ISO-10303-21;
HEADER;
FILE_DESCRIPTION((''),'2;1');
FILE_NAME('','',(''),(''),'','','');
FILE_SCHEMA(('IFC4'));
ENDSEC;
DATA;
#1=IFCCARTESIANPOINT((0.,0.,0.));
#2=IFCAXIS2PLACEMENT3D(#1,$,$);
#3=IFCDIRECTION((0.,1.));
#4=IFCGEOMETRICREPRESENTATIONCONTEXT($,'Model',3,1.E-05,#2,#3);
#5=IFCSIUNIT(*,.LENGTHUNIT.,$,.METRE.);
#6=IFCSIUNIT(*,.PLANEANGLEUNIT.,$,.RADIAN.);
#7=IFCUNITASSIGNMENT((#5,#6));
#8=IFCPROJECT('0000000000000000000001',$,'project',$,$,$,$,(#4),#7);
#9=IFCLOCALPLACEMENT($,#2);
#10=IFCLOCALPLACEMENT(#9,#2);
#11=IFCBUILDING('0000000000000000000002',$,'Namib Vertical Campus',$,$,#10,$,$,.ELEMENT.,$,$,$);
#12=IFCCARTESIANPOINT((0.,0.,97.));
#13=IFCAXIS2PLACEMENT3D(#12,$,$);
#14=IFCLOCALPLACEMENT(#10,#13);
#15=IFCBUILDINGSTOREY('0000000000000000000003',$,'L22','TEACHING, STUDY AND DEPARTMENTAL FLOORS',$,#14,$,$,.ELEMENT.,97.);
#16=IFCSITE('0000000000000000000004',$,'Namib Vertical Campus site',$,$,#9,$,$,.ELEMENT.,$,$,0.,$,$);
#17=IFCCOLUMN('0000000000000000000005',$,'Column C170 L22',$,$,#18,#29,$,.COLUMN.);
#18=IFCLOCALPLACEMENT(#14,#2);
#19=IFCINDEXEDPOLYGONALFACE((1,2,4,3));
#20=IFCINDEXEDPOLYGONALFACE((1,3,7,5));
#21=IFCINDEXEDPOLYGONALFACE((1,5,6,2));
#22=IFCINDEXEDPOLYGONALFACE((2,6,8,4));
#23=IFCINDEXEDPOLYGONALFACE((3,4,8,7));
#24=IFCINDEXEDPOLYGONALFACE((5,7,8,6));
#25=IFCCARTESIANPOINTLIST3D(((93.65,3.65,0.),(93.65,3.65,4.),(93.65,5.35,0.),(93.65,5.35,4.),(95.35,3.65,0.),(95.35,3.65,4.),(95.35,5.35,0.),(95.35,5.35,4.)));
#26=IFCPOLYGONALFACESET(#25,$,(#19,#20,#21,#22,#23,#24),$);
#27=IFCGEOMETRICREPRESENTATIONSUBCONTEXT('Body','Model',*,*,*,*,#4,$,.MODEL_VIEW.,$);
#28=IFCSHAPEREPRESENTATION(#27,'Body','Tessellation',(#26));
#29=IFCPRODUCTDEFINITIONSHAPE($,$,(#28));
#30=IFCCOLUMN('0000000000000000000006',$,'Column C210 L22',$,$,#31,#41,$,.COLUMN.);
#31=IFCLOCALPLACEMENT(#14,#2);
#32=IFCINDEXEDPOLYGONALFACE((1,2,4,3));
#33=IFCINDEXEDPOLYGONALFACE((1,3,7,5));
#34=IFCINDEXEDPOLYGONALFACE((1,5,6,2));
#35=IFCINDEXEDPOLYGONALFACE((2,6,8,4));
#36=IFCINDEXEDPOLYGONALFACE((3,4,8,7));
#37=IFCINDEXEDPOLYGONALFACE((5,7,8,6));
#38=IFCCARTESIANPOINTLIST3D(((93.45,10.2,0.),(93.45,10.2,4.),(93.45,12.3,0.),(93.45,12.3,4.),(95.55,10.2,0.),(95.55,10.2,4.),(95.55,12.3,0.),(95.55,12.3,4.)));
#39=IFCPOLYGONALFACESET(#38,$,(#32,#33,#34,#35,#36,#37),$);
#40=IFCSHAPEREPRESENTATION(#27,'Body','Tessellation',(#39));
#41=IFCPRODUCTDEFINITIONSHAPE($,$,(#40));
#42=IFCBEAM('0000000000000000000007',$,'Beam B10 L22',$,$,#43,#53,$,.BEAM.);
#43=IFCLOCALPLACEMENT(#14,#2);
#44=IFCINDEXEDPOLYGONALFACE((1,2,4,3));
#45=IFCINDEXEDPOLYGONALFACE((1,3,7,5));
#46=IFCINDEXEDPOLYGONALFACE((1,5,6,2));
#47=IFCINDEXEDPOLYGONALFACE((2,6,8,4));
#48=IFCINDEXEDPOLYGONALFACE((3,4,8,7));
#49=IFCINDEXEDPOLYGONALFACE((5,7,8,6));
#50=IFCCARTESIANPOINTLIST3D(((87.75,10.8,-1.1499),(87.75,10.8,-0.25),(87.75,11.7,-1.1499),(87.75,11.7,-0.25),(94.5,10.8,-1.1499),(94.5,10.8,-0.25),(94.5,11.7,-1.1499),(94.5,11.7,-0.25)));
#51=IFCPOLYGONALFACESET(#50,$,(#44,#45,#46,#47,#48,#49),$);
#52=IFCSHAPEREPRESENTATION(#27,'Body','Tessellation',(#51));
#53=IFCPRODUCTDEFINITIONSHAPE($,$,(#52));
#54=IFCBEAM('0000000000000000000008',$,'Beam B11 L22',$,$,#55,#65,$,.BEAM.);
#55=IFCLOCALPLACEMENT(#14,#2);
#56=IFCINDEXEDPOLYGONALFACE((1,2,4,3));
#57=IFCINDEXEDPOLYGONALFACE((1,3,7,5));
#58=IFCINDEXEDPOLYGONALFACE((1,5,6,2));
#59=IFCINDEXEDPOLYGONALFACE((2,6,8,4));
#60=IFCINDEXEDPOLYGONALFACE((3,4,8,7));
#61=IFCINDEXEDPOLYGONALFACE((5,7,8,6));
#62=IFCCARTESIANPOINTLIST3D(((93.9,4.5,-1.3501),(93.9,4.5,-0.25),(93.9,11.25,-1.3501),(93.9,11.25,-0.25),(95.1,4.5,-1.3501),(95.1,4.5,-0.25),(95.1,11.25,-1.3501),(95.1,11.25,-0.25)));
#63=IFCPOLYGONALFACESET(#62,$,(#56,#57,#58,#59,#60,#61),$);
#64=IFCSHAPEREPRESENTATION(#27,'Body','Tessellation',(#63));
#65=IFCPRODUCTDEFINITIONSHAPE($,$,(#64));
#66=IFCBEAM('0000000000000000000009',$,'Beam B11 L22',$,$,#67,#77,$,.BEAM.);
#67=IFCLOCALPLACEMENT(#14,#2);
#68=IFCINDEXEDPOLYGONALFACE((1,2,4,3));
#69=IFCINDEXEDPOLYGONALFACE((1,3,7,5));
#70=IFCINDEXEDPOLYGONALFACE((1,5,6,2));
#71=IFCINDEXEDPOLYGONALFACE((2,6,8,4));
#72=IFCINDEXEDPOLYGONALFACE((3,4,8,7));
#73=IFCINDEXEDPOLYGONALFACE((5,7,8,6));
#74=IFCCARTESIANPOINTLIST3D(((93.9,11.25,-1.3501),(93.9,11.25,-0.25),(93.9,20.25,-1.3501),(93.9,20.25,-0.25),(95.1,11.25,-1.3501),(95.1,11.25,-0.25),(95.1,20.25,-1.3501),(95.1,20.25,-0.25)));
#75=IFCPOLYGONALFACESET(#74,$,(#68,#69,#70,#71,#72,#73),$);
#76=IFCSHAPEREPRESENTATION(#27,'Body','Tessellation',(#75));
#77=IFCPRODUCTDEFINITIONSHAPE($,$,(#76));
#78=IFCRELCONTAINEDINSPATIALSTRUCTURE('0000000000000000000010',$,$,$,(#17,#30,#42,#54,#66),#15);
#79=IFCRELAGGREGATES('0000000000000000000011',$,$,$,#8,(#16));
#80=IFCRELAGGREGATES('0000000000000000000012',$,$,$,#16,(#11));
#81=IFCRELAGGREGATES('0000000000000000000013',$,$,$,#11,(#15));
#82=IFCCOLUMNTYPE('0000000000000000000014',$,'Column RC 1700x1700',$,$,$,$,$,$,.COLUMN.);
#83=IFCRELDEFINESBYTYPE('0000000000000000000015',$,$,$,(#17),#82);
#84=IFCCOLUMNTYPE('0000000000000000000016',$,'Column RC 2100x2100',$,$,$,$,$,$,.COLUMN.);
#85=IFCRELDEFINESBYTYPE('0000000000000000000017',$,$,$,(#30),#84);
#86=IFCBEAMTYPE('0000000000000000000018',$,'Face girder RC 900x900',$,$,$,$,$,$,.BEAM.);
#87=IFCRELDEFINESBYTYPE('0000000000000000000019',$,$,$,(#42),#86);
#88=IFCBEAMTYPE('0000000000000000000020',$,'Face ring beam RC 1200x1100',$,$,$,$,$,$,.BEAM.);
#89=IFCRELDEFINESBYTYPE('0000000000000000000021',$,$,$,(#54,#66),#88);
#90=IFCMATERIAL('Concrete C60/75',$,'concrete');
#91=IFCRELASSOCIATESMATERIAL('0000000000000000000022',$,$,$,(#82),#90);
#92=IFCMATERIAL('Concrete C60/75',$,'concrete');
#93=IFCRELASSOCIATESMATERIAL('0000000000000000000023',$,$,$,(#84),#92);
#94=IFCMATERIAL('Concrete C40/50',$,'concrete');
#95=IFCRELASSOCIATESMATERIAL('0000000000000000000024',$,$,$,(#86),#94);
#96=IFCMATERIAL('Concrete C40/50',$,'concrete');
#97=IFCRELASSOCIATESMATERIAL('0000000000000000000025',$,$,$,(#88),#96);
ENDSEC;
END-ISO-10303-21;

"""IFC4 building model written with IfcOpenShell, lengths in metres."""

from ifc_helpers import new_model, si_unit, direction, frame, origin, origin_2d, place, context, subcontext, project, spatial, rectangle, extrude, material, material_profile, profile_set, type_object, element, save


model = new_model("IFC4")

# Units and contexts
model_context = context("Model", 3, precision=1e-05, world=origin(), true_north=direction((0.0, 1.0)))
body_context = subcontext(model_context, "Body", "Model", "MODEL_VIEW")
ifc_project = project(units=[si_unit("LENGTHUNIT", "METRE"), si_unit("PLANEANGLEUNIT", "RADIAN")], contexts=[model_context])

# Site, building, storey
site_placement = place(None, origin())
site = spatial("IfcSite", under=ifc_project, at=site_placement, Name="Namib Vertical Campus site", CompositionType="ELEMENT", RefElevation=0.0)
building_placement = place(site_placement, origin())
building = spatial("IfcBuilding", under=site, at=building_placement, Name="Namib Vertical Campus", CompositionType="ELEMENT")
storey_placement = place(building_placement, frame((0.0, 0.0, 97.0)))
storey = spatial("IfcBuildingStorey", under=building, at=storey_placement, Name="L22", Description="TEACHING, STUDY AND DEPARTMENTAL FLOORS", CompositionType="ELEMENT", Elevation=97.0)

# Columns
ifc_material_1 = material(Name="Concrete C60/75", Category="concrete")
ifc_material_profile_1 = material_profile(ifc_material_1, rectangle(XDim=1.7, YDim=1.7, at=origin_2d()))
ifc_profile_set_1 = profile_set([ifc_material_profile_1], Name="Concrete C60/75")
column_type_1 = type_object("IfcColumnType", Name="Column RC 1700x1700", PredefinedType="COLUMN", material=ifc_profile_set_1)
column_1_placement = place(storey_placement, frame((94.5, 4.5, 0.0), z_axis=(0.0, 0.0, 1.0), x_axis=(1.0, 0.0, 0.0)))
element("IfcColumn", 1, at=column_1_placement, inside=storey, type_object=column_type_1, Name="Column C170 L22", PredefinedType="COLUMN", context=body_context, shape_type="SweptSolid", body=[
    extrude(rectangle(XDim=1.7, YDim=1.7, at=origin_2d()), origin(), (0.0, 0.0, 1.0), 4.0),
])
ifc_material_2 = material(Name="Concrete C60/75", Category="concrete")
ifc_material_profile_2 = material_profile(ifc_material_2, rectangle(XDim=2.1001, YDim=2.1001, at=origin_2d()))
ifc_profile_set_2 = profile_set([ifc_material_profile_2], Name="Concrete C60/75")
column_type_2 = type_object("IfcColumnType", Name="Column RC 2100x2100", PredefinedType="COLUMN", material=ifc_profile_set_2)
column_2_placement = place(storey_placement, frame((94.5, 11.25, 0.0), z_axis=(0.0, 0.0, 1.0), x_axis=(1.0, 0.0, 0.0)))
element("IfcColumn", 2, at=column_2_placement, inside=storey, type_object=column_type_2, Name="Column C210 L22", PredefinedType="COLUMN", context=body_context, shape_type="SweptSolid", body=[
    extrude(rectangle(XDim=2.1001, YDim=2.1001, at=origin_2d()), origin(), (0.0, 0.0, 1.0), 4.0),
])

# Beams
ifc_material_3 = material(Name="Concrete C40/50", Category="concrete")
ifc_material_profile_3 = material_profile(ifc_material_3, rectangle(XDim=0.8999, YDim=0.8999, at=origin_2d()))
ifc_profile_set_3 = profile_set([ifc_material_profile_3], Name="Concrete C40/50")
beam_type_1 = type_object("IfcBeamType", Name="Face girder RC 900x900", PredefinedType="BEAM", material=ifc_profile_set_3)
beam_1_placement = place(storey_placement, frame((94.5, 11.25, -0.7), z_axis=(-1.0, 0.0, 0.0), x_axis=(0.0, -1.0, 0.0)))
element("IfcBeam", 3, at=beam_1_placement, inside=storey, type_object=beam_type_1, Name="Beam B10 L22", PredefinedType="BEAM", context=body_context, shape_type="SweptSolid", body=[
    extrude(rectangle(XDim=0.8999, YDim=0.8999, at=origin_2d()), origin(), (0.0, 0.0, 1.0), 6.75),
])
ifc_material_4 = material(Name="Concrete C40/50", Category="concrete")
ifc_material_profile_4 = material_profile(ifc_material_4, rectangle(XDim=1.2, YDim=1.1001, at=origin_2d()))
ifc_profile_set_4 = profile_set([ifc_material_profile_4], Name="Concrete C40/50")
beam_type_2 = type_object("IfcBeamType", Name="Face ring beam RC 1200x1100", PredefinedType="BEAM", material=ifc_profile_set_4)
beam_2_placement = place(storey_placement, frame((94.5, 4.5, -0.8), z_axis=(0.0, 1.0, 0.0), x_axis=(-1.0, 0.0, 0.0)))
element("IfcBeam", 4, at=beam_2_placement, inside=storey, type_object=beam_type_2, Name="Beam B11 L22", PredefinedType="BEAM", context=body_context, shape_type="SweptSolid", body=[
    extrude(rectangle(XDim=1.2, YDim=1.1001, at=origin_2d()), origin(), (0.0, 0.0, 1.0), 6.75),
])
beam_3_placement = place(storey_placement, frame((94.5, 11.25, -0.8), z_axis=(0.0, 1.0, 0.0), x_axis=(-1.0, 0.0, 0.0)))
element("IfcBeam", 5, at=beam_3_placement, inside=storey, type_object=beam_type_2, Name="Beam B11 L22", PredefinedType="BEAM", context=body_context, shape_type="SweptSolid", body=[
    extrude(rectangle(XDim=1.2, YDim=1.1001, at=origin_2d()), origin(), (0.0, 0.0, 1.0), 9.0),
])

save(model, "model.ifc")
